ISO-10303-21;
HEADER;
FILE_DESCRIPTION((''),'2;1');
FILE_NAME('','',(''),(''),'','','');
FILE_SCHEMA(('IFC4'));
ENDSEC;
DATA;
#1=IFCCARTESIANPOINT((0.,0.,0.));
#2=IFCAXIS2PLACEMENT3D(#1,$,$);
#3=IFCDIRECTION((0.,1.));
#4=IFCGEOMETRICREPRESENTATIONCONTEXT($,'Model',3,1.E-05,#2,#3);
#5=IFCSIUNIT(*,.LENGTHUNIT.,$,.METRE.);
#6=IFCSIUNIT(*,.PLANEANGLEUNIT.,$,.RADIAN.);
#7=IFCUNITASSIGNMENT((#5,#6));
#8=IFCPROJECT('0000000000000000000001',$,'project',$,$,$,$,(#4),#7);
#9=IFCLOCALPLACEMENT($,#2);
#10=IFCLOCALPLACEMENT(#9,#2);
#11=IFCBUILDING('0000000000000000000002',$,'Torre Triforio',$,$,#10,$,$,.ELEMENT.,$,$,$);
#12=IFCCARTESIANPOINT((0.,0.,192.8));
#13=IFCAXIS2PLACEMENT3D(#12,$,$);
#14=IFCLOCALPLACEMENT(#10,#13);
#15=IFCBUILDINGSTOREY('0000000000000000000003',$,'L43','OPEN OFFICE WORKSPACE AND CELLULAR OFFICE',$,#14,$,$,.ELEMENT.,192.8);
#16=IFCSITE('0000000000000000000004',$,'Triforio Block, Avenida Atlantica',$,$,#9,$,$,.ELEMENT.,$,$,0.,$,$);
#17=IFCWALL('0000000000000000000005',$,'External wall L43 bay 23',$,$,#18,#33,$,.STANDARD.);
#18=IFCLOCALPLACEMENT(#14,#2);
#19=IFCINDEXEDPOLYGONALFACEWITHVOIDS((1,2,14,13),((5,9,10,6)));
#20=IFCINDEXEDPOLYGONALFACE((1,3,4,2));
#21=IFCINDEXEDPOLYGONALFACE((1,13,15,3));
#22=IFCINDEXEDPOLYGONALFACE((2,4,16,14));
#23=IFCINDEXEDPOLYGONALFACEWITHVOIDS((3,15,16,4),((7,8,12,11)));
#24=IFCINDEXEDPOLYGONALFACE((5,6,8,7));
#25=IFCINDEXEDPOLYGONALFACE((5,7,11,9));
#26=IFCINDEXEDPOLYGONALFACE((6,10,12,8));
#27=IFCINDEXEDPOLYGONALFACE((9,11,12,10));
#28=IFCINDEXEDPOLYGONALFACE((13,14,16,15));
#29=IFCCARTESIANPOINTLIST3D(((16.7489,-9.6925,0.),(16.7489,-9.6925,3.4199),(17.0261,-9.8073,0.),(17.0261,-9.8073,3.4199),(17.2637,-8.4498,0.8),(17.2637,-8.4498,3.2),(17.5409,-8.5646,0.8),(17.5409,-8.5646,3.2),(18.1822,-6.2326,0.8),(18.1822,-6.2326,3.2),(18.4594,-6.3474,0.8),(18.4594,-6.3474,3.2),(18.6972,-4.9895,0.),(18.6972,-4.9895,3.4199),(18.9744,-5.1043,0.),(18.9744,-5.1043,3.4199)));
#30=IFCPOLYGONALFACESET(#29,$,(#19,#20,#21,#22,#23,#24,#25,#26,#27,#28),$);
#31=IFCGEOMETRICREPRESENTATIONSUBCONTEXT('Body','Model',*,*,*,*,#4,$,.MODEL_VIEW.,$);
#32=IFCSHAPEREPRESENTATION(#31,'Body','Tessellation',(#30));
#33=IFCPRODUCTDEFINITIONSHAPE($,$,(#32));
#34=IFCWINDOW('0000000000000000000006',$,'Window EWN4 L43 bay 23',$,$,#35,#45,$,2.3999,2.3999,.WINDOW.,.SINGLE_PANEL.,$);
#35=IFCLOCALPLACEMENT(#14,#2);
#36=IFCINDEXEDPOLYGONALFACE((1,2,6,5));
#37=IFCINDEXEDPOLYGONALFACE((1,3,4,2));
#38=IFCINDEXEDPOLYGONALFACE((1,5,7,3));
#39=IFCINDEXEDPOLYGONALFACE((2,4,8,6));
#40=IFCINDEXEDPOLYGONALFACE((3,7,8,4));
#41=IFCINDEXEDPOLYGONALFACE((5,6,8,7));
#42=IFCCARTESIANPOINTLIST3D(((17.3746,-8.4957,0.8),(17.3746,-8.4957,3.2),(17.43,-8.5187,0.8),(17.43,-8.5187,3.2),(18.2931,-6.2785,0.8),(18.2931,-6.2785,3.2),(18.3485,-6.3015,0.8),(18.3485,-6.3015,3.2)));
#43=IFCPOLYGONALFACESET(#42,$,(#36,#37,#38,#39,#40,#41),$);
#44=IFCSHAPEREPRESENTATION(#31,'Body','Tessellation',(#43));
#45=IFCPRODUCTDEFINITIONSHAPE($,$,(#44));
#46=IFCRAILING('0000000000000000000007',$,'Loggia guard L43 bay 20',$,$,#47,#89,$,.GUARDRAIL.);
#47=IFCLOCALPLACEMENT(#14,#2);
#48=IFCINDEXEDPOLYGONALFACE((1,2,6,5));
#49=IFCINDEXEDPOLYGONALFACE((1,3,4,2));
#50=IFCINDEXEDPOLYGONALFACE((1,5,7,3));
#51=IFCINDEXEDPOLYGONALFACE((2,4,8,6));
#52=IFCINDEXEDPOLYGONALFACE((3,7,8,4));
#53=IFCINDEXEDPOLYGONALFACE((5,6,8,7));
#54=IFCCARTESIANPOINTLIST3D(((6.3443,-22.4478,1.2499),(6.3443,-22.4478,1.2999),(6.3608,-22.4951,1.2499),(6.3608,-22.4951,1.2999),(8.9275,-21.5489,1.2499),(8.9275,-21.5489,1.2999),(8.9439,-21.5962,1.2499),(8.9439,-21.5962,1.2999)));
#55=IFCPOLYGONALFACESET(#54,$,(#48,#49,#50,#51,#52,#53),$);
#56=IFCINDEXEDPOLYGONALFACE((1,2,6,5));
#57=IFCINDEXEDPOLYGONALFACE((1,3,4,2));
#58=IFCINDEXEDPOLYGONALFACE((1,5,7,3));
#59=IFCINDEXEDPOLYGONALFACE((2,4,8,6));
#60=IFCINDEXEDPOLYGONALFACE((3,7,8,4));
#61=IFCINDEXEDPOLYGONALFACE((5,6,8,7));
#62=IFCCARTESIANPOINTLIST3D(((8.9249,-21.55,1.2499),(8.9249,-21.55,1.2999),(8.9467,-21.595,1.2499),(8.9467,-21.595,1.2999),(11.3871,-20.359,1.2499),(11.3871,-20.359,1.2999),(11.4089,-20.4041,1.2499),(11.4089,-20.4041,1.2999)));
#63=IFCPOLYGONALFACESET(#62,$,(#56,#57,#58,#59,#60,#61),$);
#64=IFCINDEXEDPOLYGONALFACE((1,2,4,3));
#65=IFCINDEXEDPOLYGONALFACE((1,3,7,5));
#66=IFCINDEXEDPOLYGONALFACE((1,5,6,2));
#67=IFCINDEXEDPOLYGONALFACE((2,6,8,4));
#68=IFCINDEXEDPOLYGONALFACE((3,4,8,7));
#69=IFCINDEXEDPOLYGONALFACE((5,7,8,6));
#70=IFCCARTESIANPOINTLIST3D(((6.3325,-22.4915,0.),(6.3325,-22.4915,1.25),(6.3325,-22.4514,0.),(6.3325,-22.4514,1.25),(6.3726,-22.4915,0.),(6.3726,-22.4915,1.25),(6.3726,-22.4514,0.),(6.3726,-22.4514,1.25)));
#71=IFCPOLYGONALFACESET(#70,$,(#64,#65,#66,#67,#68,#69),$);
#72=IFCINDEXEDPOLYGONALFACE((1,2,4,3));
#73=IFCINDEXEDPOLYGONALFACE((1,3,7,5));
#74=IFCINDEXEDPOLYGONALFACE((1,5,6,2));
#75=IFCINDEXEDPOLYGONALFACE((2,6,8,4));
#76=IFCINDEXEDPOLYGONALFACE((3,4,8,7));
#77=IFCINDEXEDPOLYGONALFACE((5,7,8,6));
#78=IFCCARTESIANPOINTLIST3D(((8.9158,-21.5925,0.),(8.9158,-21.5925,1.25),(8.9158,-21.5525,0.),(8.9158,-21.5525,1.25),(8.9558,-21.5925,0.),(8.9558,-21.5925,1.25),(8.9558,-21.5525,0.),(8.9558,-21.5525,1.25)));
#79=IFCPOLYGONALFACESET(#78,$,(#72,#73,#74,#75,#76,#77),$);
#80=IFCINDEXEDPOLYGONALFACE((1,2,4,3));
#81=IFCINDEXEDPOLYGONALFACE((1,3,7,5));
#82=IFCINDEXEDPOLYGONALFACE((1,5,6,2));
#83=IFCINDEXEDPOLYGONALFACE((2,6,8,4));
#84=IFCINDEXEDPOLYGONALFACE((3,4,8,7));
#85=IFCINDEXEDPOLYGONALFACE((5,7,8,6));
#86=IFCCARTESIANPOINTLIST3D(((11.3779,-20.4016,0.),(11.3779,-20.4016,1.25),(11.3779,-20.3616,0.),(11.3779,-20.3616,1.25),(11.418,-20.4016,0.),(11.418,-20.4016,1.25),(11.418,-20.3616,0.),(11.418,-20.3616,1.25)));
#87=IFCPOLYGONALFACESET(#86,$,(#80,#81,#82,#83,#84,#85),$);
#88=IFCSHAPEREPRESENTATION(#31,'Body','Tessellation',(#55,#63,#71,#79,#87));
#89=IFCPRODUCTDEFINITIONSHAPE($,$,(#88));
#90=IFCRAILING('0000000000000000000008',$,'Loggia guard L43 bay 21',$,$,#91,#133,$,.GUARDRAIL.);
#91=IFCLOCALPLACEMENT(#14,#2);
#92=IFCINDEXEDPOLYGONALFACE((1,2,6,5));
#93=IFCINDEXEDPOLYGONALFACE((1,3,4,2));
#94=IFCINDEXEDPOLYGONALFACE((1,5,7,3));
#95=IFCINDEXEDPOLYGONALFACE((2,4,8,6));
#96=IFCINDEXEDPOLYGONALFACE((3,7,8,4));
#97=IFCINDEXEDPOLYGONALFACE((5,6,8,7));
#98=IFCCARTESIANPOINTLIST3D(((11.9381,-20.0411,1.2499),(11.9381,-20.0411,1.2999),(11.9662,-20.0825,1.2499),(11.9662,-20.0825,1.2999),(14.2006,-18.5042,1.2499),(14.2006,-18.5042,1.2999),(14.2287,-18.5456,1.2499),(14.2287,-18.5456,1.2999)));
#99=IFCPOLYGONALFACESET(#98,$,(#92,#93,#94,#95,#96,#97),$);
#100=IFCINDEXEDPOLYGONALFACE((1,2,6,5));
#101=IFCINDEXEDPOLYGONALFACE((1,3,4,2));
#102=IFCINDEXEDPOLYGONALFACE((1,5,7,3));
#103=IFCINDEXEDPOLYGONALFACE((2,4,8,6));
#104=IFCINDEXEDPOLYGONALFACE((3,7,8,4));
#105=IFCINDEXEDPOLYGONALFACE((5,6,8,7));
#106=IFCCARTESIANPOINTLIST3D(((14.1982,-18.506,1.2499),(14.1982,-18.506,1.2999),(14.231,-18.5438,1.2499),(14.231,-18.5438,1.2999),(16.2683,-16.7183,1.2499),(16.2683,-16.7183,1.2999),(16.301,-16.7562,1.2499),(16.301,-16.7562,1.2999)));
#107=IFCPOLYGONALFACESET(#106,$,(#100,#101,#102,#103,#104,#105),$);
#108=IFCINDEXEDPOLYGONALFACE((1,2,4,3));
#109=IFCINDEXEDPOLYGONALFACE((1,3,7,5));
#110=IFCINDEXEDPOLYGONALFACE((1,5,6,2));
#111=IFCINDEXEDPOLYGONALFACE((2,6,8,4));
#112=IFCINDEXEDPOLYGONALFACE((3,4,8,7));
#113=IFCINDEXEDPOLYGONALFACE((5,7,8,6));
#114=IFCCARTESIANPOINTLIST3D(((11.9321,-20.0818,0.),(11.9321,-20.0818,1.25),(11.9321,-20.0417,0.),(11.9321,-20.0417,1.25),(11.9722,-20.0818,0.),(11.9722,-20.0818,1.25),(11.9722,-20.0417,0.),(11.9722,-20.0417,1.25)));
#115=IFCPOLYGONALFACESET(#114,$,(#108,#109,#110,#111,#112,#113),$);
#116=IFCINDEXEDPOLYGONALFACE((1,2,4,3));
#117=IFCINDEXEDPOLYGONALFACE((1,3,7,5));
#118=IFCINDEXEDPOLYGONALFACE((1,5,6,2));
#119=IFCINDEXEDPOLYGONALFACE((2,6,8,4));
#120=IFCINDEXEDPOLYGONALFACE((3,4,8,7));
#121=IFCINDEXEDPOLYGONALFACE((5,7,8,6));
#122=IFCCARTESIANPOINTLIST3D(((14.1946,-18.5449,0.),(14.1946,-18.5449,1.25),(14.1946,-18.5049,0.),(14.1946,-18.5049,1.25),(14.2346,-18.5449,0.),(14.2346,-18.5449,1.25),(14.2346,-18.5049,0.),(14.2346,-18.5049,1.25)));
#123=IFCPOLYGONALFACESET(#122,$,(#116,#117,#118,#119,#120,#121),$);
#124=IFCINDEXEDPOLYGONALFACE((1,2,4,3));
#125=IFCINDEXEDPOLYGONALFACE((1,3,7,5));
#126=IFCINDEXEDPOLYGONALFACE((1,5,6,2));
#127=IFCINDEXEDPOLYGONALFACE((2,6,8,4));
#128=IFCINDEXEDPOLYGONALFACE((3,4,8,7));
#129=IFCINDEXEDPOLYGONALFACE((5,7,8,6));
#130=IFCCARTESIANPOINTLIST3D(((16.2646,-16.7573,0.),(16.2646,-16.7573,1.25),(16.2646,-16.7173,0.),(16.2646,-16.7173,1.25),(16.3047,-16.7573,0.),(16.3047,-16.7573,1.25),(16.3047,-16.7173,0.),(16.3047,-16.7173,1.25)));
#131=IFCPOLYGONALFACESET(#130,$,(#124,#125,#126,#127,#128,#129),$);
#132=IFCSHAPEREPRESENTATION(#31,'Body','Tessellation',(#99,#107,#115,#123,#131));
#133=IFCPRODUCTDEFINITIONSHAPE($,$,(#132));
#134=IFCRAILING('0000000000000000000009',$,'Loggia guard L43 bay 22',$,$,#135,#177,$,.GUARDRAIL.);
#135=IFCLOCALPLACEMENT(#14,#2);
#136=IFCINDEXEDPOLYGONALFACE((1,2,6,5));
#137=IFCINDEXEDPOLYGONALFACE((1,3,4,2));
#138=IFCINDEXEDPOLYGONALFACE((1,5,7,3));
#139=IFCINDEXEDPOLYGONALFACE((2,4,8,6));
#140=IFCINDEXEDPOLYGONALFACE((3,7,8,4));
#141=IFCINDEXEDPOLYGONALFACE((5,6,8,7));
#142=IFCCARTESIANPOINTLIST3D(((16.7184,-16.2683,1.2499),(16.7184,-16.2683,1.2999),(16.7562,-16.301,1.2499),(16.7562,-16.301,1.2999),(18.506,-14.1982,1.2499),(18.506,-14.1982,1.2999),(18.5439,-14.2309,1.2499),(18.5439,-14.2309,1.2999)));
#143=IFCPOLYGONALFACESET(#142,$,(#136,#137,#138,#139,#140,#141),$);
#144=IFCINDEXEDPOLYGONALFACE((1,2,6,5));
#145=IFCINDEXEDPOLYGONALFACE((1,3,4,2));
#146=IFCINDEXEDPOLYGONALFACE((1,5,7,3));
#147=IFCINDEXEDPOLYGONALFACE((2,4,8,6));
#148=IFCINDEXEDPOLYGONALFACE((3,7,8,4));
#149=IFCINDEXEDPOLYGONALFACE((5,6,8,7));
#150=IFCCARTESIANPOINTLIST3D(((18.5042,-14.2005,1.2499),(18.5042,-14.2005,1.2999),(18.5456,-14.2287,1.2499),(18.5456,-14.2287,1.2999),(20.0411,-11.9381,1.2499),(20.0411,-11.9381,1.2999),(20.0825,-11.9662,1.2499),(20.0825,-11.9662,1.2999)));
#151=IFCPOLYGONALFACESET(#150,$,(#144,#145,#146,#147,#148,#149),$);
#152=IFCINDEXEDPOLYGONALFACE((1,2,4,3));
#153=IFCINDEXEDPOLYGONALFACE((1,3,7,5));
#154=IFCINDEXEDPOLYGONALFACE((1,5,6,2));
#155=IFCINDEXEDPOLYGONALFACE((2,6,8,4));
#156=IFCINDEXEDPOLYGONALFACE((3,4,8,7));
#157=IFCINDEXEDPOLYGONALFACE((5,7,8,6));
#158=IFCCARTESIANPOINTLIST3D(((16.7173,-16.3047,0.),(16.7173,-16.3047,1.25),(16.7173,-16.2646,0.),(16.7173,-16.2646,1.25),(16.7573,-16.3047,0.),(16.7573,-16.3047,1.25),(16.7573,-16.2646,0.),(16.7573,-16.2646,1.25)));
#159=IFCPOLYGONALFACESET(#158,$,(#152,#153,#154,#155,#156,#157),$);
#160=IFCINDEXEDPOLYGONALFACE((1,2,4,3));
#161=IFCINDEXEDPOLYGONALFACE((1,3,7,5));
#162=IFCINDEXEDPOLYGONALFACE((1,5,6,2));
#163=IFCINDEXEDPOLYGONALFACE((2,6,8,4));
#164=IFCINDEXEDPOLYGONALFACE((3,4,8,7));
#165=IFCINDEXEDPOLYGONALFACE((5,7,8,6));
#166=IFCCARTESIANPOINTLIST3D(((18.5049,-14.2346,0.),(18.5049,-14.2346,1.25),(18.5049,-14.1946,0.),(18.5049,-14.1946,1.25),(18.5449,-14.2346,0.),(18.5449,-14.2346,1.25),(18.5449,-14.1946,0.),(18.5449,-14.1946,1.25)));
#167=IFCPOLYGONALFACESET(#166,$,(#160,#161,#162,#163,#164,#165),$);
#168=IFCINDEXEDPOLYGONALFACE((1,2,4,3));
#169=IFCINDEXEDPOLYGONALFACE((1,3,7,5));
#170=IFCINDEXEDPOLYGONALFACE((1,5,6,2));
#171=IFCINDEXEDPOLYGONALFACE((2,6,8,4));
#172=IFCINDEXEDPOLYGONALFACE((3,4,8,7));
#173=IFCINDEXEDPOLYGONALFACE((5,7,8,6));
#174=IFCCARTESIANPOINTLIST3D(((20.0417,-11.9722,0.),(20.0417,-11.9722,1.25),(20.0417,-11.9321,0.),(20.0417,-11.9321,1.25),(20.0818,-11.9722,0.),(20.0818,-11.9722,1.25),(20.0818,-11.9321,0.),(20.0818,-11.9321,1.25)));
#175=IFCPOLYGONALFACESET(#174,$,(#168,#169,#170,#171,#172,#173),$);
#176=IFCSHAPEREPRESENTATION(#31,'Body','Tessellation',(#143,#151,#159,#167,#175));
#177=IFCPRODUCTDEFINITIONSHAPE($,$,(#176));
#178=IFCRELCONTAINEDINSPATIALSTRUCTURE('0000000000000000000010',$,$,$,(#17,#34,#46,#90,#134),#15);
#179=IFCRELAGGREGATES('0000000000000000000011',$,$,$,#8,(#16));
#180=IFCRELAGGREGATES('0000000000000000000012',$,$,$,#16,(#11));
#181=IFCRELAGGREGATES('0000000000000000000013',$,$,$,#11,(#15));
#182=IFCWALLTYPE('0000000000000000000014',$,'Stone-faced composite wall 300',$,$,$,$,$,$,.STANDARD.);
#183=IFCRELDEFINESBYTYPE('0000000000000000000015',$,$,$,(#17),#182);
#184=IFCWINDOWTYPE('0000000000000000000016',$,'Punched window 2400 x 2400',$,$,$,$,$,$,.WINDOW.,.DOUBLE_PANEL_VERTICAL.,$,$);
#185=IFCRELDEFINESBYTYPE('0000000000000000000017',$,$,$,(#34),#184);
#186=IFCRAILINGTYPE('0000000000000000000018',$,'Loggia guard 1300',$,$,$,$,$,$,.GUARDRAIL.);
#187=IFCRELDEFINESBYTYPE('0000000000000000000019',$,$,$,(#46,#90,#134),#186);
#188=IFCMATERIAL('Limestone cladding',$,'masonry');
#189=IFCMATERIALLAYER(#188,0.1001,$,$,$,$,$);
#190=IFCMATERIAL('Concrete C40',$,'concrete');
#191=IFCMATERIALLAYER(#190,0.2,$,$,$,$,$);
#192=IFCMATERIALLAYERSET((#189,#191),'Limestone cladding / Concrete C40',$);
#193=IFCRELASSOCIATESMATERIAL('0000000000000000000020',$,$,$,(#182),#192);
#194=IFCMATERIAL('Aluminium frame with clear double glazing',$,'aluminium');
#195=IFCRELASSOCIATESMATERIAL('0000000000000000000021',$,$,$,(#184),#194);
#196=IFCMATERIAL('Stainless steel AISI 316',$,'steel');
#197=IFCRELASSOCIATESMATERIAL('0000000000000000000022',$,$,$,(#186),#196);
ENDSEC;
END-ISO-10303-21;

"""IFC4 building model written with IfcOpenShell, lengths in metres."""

from ifc_helpers import new_model, si_unit, direction, frame, frame_2d, origin, origin_2d, place, context, subcontext, project, spatial, rectangle, extrude, material, layer, layer_set, type_object, element, fill, save


model = new_model("IFC4")

# Units and contexts
model_context = context("Model", 3, precision=1e-05, world=origin(), true_north=direction((0.0, 1.0)))
body_context = subcontext(model_context, "Body", "Model", "MODEL_VIEW")
ifc_project = project(units=[si_unit("LENGTHUNIT", "METRE"), si_unit("PLANEANGLEUNIT", "RADIAN")], contexts=[model_context])

# Site, building, storey
site_placement = place(None, origin())
site = spatial("IfcSite", under=ifc_project, at=site_placement, Name="Triforio Block, Avenida Atlantica", CompositionType="ELEMENT", RefElevation=0.0)
building_placement = place(site_placement, origin())
building = spatial("IfcBuilding", under=site, at=building_placement, Name="Torre Triforio", CompositionType="ELEMENT")
storey_placement = place(building_placement, frame((0.0, 0.0, 192.8)))
storey = spatial("IfcBuildingStorey", under=building, at=storey_placement, Name="L43", Description="OPEN OFFICE WORKSPACE AND CELLULAR OFFICE", CompositionType="ELEMENT", Elevation=192.8)

# Shared definitions
ifc_material_1 = material(Name="Limestone cladding", Category="masonry")
ifc_material_2 = material(Name="Concrete C40", Category="concrete")

# Shared definitions
ifc_layer_1 = layer(ifc_material_1, 0.1001)
ifc_layer_2 = layer(ifc_material_2, 0.2)
ifc_layer_set_1 = layer_set([ifc_layer_1, ifc_layer_2], Name="Limestone cladding / Concrete C40")
wall_type_1 = type_object("IfcWallType", Name="Stone-faced composite wall 300", PredefinedType="STANDARD", material=ifc_layer_set_1)
ifc_material_3 = material(Name="Aluminium frame with clear double glazing", Category="aluminium")
window_type_1 = type_object("IfcWindowType", Name="Punched window 2400 x 2400", PartitioningType="DOUBLE_PANEL_VERTICAL", PredefinedType="WINDOW", material=ifc_material_3)

# Wall, opening, window
wall_1_placement = place(storey_placement, frame((16.8875, -9.75, 0.0), z_axis=(0.0, 0.0, 1.0), x_axis=(0.382725, 0.923863, 0.0)))
wall_1 = element("IfcWall", 1, at=wall_1_placement, inside=storey, type_object=wall_type_1, Name="External wall L43 bay 23", PredefinedType="STANDARD", context=body_context, shape_type="SweptSolid", body=[
    extrude(rectangle(XDim=5.0906, YDim=0.3, at=frame_2d((2.5454, 0.0))), origin(), (0.0, 0.0, 1.0), 3.4199),
])
opening_1_placement = place(wall_1_placement, frame((1.3452, 0.0, 0.8)))
opening_1 = element("IfcOpeningElement", 2, at=opening_1_placement, cuts=wall_1, PredefinedType="OPENING", context=body_context, shape_type="SweptSolid", body=[
    extrude(rectangle(XDim=2.3999, YDim=2.3999, at=frame_2d((1.2, 1.2))), frame((0.0, 0.1599, 0.0), z_axis=(0.0, -1.0, 0.0), x_axis=(1.0, 0.0, 0.0)), (0.0, 0.0, 1.0), 0.3201),
])
window_1_placement = place(opening_1_placement, origin())
window_1 = element("IfcWindow", 3, at=window_1_placement, inside=storey, type_object=window_type_1, Name="Window EWN4 L43 bay 23", OverallHeight=2.3999, OverallWidth=2.3999, PartitioningType="SINGLE_PANEL", PredefinedType="WINDOW", context=body_context, shape_type="SweptSolid", body=[
    extrude(rectangle(XDim=2.3999, YDim=2.3999, at=frame_2d((1.2, 1.2))), frame((0.0, 0.03, 0.0), z_axis=(0.0, -1.0, 0.0), x_axis=(1.0, 0.0, 0.0)), (0.0, 0.0, 1.0), 0.0601),
])
fill(opening_1, window_1)

# Railings
ifc_material_4 = material(Name="Stainless steel AISI 316", Category="steel")
railing_type = type_object("IfcRailingType", Name="Loggia guard 1300", PredefinedType="GUARDRAIL", material=ifc_material_4)
railing_1_placement = place(storey_placement, frame((6.3525, -22.4714, 0.0)))
element("IfcRailing", 4, at=railing_1_placement, inside=storey, type_object=railing_type, Name="Loggia guard L43 bay 20", PredefinedType="GUARDRAIL", context=body_context, shape_type="SweptSolid", body=[
    extrude(rectangle(XDim=0.05, YDim=0.05, at=origin_2d()), frame((0.0, 0.0, 1.2749), z_axis=(0.944451, 0.328652, 0.0), x_axis=(-0.328652, 0.944451, 0.0)), (0.0, 0.0, 1.0), 2.7351),
    extrude(rectangle(XDim=0.05, YDim=0.05, at=origin_2d()), frame((2.5833, 0.8989, 1.2749), z_axis=(0.900224, 0.435428, 0.0), x_axis=(-0.435428, 0.900224, 0.0)), (0.0, 0.0, 1.0), 2.7351),
    extrude(rectangle(XDim=0.04, YDim=0.04, at=origin_2d()), origin(), (0.0, 0.0, 1.0), 1.25),
    extrude(rectangle(XDim=0.04, YDim=0.04, at=origin_2d()), frame((2.5833, 0.8989, 0.0)), (0.0, 0.0, 1.0), 1.25),
    extrude(rectangle(XDim=0.04, YDim=0.04, at=origin_2d()), frame((5.0454, 2.0898, 0.0)), (0.0, 0.0, 1.0), 1.25),
])
railing_2_placement = place(storey_placement, frame((11.9521, -20.0618, 0.0)))
element("IfcRailing", 5, at=railing_2_placement, inside=storey, type_object=railing_type, Name="Loggia guard L43 bay 21", PredefinedType="GUARDRAIL", context=body_context, shape_type="SweptSolid", body=[
    extrude(rectangle(XDim=0.05, YDim=0.05, at=origin_2d()), frame((0.0, 0.0, 1.2749), z_axis=(0.827199, 0.56191, 0.0), x_axis=(-0.56191, 0.827199, 0.0)), (0.0, 0.0, 1.0), 2.7351),
    extrude(rectangle(XDim=0.05, YDim=0.05, at=origin_2d()), frame((2.2625, 1.5369, 1.2749), z_axis=(0.756857, 0.65358, 0.0), x_axis=(-0.65358, 0.756857, 0.0)), (0.0, 0.0, 1.0), 2.7351),
    extrude(rectangle(XDim=0.04, YDim=0.04, at=origin_2d()), origin(), (0.0, 0.0, 1.0), 1.25),
    extrude(rectangle(XDim=0.04, YDim=0.04, at=origin_2d()), frame((2.2625, 1.5369, 0.0)), (0.0, 0.0, 1.0), 1.25),
    extrude(rectangle(XDim=0.04, YDim=0.04, at=origin_2d()), frame((4.3325, 3.3245, 0.0)), (0.0, 0.0, 1.0), 1.25),
])
railing_3_placement = place(storey_placement, frame((16.7373, -16.2847, 0.0)))
element("IfcRailing", 6, at=railing_3_placement, inside=storey, type_object=railing_type, Name="Loggia guard L43 bay 22", PredefinedType="GUARDRAIL", context=body_context, shape_type="SweptSolid", body=[
    extrude(rectangle(XDim=0.05, YDim=0.05, at=origin_2d()), frame((0.0, 0.0, 1.2749), z_axis=(0.65358, 0.756857, 0.0), x_axis=(-0.756857, 0.65358, 0.0)), (0.0, 0.0, 1.0), 2.7351),
    extrude(rectangle(XDim=0.05, YDim=0.05, at=origin_2d()), frame((1.7876, 2.0701, 1.2749), z_axis=(0.56191, 0.827199, 0.0), x_axis=(-0.827199, 0.56191, 0.0)), (0.0, 0.0, 1.0), 2.7351),
    extrude(rectangle(XDim=0.04, YDim=0.04, at=origin_2d()), origin(), (0.0, 0.0, 1.0), 1.25),
    extrude(rectangle(XDim=0.04, YDim=0.04, at=origin_2d()), frame((1.7876, 2.0701, 0.0)), (0.0, 0.0, 1.0), 1.25),
    extrude(rectangle(XDim=0.04, YDim=0.04, at=origin_2d()), frame((3.3245, 4.3325, 0.0)), (0.0, 0.0, 1.0), 1.25),
])

save(model, "model.ifc")
